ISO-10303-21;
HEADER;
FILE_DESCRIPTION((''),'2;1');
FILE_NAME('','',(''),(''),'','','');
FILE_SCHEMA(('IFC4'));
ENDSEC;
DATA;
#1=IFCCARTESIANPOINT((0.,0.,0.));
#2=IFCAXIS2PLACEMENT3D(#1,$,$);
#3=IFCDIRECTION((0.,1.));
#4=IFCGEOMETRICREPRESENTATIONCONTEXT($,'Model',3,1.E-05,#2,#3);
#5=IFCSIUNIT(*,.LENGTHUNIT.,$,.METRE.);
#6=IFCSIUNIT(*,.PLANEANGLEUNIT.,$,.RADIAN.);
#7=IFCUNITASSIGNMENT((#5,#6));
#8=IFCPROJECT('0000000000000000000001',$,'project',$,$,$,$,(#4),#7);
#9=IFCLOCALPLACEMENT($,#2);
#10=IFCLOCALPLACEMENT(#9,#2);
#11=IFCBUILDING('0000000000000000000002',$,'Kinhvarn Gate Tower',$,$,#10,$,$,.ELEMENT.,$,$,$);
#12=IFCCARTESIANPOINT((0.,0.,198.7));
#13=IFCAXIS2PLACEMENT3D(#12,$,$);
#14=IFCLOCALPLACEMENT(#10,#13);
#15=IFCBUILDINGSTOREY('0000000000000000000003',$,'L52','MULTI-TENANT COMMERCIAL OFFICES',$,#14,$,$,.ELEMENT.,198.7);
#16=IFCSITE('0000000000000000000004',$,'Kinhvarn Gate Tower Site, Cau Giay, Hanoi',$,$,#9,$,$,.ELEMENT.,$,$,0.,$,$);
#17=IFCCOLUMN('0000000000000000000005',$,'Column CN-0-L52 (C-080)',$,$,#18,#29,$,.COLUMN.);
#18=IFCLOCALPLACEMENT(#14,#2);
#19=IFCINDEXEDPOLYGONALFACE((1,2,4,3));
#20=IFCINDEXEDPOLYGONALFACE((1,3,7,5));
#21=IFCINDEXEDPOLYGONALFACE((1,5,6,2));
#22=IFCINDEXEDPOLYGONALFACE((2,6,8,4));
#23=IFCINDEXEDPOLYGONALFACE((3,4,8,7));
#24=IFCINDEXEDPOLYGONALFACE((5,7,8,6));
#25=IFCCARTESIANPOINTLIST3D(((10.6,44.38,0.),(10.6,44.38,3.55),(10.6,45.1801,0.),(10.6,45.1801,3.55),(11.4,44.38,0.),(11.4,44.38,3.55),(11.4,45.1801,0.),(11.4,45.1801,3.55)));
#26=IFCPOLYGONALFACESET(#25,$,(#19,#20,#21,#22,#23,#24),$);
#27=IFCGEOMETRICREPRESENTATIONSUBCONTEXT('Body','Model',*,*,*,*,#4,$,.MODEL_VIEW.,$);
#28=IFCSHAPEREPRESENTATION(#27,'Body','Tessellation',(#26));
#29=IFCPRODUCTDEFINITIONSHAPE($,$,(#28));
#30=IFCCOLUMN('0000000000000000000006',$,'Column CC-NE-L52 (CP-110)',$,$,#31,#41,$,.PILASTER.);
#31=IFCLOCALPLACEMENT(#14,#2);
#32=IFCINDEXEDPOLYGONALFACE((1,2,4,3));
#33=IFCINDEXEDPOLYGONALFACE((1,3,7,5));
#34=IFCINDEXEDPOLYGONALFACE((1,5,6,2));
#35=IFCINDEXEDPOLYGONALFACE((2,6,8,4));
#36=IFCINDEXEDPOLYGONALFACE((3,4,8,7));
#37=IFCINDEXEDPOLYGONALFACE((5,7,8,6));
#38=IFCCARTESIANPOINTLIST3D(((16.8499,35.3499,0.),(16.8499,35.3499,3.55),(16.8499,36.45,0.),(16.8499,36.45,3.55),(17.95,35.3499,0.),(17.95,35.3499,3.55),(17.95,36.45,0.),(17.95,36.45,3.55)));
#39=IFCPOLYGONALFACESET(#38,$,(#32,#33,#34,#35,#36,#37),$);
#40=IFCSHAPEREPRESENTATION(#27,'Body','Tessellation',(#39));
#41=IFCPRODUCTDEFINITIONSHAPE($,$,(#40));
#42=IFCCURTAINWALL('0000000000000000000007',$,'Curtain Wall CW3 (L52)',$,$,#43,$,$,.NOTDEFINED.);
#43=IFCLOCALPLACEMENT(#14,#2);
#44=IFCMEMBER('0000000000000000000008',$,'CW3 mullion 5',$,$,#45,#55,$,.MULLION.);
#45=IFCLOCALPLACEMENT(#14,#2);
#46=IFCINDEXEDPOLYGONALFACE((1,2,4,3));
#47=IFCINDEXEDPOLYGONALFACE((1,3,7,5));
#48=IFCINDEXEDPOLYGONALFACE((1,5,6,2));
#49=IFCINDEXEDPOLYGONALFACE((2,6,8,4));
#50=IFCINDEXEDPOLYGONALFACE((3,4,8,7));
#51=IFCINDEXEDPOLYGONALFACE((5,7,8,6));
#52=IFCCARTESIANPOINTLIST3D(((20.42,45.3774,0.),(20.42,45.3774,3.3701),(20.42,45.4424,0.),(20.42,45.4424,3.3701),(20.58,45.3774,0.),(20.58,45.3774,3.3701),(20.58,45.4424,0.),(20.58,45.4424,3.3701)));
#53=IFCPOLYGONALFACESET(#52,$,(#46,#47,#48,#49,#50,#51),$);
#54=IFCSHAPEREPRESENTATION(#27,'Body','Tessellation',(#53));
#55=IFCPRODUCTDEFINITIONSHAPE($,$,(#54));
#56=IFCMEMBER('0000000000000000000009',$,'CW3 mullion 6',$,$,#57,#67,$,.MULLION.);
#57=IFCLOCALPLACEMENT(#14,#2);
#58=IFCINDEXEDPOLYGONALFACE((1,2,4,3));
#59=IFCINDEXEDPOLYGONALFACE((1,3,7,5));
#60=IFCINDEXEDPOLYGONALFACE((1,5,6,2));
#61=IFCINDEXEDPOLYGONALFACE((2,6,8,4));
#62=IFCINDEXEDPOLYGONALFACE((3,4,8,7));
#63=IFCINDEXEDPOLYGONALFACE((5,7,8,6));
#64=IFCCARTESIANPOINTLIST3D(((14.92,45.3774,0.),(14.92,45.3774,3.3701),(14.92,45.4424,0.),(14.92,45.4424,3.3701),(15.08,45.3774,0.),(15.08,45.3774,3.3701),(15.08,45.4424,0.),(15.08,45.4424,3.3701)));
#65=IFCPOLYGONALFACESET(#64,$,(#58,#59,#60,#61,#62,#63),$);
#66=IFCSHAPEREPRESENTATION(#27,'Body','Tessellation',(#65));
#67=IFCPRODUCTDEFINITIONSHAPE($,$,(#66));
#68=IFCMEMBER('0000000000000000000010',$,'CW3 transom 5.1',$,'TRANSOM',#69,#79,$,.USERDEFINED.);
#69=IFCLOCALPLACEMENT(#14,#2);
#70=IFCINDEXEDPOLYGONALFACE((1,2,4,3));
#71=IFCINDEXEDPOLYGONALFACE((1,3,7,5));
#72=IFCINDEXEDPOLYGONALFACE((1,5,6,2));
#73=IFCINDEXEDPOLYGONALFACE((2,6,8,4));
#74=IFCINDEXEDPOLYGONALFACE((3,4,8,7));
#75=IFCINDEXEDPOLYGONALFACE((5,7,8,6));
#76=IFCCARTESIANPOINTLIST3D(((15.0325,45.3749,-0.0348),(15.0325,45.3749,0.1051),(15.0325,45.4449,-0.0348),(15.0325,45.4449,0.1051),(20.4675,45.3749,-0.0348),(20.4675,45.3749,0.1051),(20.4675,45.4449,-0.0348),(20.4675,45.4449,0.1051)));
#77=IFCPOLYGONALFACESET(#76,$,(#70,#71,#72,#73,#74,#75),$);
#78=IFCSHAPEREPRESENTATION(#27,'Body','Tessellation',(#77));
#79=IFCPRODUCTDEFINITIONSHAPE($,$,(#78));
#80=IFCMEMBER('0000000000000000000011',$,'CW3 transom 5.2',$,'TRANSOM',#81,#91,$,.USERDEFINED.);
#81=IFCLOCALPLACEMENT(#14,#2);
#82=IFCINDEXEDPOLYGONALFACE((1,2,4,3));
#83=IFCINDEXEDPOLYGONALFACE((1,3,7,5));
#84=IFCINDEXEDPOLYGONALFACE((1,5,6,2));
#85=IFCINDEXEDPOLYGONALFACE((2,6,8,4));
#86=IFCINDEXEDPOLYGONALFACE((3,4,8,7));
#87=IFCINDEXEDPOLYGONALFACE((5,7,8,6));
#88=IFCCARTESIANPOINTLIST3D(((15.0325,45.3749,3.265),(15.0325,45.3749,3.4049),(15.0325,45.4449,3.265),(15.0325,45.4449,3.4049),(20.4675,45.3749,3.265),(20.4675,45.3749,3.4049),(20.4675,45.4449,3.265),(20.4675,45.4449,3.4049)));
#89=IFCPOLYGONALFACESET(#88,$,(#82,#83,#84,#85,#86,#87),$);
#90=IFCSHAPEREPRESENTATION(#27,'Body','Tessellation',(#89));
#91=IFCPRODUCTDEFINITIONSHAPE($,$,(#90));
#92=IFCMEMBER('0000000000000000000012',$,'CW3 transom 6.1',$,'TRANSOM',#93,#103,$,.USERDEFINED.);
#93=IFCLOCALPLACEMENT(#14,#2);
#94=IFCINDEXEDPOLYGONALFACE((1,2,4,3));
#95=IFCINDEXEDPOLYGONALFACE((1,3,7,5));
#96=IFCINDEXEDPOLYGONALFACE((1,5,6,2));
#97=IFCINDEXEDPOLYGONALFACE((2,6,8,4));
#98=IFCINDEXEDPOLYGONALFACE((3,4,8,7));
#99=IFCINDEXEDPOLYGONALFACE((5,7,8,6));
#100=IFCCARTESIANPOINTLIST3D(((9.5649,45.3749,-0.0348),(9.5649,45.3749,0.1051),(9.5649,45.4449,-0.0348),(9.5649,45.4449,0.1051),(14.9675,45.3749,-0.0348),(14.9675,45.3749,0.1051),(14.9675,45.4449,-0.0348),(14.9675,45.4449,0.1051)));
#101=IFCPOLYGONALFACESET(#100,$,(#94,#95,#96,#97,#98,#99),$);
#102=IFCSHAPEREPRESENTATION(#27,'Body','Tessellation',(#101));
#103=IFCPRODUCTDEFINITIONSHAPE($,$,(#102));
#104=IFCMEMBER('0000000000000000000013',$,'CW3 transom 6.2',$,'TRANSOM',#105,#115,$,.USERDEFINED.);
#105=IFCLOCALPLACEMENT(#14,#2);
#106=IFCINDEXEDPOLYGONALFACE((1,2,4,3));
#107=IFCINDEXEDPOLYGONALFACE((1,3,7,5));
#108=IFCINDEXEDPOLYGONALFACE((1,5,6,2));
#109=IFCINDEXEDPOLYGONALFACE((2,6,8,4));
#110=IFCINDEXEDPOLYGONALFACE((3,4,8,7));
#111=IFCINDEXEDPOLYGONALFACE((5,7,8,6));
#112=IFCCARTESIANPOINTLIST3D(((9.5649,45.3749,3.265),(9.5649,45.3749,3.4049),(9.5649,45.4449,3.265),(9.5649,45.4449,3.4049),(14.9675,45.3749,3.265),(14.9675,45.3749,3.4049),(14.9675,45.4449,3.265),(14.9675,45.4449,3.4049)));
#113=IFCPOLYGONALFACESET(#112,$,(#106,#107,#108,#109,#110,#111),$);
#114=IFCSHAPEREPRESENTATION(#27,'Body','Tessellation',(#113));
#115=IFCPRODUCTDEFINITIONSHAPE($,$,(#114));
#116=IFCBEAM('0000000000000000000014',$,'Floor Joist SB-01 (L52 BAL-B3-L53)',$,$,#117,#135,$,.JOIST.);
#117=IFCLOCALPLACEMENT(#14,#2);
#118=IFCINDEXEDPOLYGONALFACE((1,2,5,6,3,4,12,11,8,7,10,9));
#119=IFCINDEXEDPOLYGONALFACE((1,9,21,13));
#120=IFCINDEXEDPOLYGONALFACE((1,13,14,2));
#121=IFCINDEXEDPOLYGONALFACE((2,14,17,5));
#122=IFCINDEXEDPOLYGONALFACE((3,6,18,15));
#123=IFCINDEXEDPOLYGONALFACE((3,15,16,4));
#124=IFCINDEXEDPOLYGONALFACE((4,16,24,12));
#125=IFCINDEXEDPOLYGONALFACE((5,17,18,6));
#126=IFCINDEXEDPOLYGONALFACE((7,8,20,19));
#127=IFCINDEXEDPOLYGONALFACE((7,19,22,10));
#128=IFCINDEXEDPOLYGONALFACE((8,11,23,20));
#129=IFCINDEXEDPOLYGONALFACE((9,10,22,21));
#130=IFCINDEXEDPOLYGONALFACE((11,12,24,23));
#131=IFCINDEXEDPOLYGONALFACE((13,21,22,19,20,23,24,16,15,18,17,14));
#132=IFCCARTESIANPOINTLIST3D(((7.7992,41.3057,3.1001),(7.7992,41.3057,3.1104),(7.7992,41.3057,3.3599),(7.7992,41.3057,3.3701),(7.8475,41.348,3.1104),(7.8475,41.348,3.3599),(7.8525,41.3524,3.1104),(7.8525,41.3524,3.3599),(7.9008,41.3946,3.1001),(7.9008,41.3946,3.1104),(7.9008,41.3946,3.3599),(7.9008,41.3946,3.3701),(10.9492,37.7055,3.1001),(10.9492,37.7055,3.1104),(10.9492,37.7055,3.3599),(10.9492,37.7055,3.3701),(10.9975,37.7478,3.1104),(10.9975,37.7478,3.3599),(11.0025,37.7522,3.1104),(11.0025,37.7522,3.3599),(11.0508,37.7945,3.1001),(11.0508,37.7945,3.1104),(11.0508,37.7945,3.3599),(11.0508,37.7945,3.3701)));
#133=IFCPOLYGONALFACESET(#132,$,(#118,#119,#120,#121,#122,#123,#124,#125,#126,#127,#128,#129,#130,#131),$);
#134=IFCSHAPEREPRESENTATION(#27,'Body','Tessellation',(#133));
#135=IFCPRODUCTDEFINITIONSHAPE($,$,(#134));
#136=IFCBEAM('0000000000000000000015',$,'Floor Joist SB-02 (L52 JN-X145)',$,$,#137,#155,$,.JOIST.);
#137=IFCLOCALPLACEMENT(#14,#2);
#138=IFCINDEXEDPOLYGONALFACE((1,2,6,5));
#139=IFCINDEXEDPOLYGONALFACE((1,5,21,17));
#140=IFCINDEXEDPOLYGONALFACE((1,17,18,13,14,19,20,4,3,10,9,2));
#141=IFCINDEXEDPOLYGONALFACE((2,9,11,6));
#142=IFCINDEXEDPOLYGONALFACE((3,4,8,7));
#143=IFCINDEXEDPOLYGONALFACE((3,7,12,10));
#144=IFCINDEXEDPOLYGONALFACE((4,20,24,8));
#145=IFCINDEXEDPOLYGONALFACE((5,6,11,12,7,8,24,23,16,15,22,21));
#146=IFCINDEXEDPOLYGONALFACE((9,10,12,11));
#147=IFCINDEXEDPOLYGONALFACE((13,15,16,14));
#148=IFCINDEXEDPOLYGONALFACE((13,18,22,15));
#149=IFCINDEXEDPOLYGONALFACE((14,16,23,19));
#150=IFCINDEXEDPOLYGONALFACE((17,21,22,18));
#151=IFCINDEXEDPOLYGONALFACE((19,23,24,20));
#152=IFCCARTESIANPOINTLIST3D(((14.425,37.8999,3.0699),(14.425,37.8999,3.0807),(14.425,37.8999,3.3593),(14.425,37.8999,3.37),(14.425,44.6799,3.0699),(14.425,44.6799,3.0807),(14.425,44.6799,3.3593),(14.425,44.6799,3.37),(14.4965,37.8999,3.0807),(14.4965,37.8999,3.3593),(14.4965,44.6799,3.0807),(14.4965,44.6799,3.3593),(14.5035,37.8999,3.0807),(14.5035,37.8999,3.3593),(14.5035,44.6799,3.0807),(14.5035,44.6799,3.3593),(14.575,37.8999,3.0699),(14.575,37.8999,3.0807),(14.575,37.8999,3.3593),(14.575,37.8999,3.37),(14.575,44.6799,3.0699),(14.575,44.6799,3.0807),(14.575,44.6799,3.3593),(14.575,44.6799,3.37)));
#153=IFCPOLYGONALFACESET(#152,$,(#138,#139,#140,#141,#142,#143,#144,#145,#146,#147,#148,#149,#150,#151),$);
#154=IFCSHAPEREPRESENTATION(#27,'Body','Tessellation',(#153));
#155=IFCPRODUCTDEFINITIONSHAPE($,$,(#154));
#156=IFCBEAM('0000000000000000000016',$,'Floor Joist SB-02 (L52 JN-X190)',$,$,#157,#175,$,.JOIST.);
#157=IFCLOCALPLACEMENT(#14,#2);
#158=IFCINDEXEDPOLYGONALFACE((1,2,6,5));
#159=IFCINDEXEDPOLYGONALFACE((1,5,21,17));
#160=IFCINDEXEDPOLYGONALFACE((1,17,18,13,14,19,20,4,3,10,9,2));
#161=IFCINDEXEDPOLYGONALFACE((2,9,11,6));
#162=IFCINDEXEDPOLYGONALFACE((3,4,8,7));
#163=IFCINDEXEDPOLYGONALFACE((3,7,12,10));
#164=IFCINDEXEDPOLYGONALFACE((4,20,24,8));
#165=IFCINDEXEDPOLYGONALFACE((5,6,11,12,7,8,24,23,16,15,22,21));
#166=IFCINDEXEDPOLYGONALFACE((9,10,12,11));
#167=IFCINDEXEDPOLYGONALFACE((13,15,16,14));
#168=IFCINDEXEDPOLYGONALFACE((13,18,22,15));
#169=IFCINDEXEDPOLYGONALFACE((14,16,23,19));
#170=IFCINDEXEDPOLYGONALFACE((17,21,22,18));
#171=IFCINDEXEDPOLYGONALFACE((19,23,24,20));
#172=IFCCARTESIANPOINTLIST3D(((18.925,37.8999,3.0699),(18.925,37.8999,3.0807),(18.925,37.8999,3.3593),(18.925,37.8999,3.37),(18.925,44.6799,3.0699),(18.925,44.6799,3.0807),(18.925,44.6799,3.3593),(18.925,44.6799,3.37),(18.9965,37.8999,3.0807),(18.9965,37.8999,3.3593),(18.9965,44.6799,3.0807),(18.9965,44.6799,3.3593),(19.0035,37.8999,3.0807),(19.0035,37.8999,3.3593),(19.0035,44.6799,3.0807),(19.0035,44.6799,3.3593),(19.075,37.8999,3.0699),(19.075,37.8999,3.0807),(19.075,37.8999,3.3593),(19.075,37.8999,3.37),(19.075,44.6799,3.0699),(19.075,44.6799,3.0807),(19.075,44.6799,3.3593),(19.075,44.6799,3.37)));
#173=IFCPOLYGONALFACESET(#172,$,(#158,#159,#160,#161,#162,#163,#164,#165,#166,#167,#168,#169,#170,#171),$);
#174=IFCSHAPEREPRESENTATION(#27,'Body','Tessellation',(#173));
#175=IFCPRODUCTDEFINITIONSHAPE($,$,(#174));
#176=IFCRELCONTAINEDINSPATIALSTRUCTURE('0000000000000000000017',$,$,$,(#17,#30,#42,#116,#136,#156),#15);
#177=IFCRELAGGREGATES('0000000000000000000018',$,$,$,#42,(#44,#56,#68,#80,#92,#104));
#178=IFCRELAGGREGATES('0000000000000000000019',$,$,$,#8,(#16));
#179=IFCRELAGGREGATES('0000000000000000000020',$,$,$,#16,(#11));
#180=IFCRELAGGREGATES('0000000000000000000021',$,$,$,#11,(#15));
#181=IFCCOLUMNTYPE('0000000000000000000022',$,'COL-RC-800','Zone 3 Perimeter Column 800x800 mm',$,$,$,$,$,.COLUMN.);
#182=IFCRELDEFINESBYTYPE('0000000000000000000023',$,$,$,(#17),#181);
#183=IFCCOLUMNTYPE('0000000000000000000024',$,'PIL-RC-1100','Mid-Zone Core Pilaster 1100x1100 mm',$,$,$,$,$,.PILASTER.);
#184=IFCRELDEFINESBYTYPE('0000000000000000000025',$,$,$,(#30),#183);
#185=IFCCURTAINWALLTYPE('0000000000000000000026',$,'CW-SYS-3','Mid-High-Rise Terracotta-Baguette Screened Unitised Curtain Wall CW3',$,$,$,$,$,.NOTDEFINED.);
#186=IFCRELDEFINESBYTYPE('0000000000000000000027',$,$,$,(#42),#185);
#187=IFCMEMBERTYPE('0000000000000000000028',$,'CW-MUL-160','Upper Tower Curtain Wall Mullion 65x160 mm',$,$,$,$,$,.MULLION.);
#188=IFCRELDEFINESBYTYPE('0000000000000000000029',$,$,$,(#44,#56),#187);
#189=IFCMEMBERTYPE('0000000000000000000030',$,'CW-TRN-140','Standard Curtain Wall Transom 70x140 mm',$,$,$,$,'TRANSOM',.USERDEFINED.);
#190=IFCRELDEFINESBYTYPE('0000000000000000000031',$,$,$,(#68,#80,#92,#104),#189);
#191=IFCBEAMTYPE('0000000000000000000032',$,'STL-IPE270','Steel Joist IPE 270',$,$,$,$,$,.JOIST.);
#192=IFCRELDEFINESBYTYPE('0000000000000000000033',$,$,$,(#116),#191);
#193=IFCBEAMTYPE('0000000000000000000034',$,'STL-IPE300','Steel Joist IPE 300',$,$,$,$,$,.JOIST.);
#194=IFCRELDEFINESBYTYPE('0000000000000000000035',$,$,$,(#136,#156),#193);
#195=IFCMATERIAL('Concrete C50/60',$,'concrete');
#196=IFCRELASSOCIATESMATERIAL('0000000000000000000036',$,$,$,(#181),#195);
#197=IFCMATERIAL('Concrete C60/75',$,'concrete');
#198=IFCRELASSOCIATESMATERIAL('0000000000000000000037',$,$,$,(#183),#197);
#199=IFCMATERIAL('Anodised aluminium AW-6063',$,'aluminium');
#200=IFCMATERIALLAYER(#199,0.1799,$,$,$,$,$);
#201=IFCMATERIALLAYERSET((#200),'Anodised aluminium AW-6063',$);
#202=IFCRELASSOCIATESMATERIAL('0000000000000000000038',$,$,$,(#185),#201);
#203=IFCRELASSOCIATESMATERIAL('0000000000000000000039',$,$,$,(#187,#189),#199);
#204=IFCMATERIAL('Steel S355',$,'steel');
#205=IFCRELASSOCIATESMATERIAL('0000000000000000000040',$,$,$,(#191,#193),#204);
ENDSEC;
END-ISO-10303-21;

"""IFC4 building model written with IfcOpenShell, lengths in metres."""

from ifc_helpers import new_model, si_unit, direction, frame, origin, origin_2d, place, context, subcontext, project, spatial, rectangle, i_section, extrude, material, layer, layer_set, material_profile, profile_set, type_object, element, aggregate, save


model = new_model("IFC4")

# Units and contexts
model_context = context("Model", 3, precision=1e-05, world=origin(), true_north=direction((0.0, 1.0)))
body_context = subcontext(model_context, "Body", "Model", "MODEL_VIEW")
ifc_project = project(units=[si_unit("LENGTHUNIT", "METRE"), si_unit("PLANEANGLEUNIT", "RADIAN")], contexts=[model_context])

# Site, building, storey
site_placement = place(None, origin())
site = spatial("IfcSite", under=ifc_project, at=site_placement, Name="Kinhvarn Gate Tower Site, Cau Giay, Hanoi", CompositionType="ELEMENT", RefElevation=0.0)
building_placement = place(site_placement, origin())
building = spatial("IfcBuilding", under=site, at=building_placement, Name="Kinhvarn Gate Tower", CompositionType="ELEMENT")
storey_placement = place(building_placement, frame((0.0, 0.0, 198.7)))
storey = spatial("IfcBuildingStorey", under=building, at=storey_placement, Name="L52", Description="MULTI-TENANT COMMERCIAL OFFICES", CompositionType="ELEMENT", Elevation=198.7)

# Columns
ifc_material_1 = material(Name="Concrete C50/60", Category="concrete")
ifc_material_profile_1 = material_profile(ifc_material_1, rectangle(XDim=0.8, YDim=0.8, at=origin_2d()), Name="RC 800x800")
ifc_profile_set_1 = profile_set([ifc_material_profile_1], Name="Concrete C50/60")
column_type_1 = type_object("IfcColumnType", Name="COL-RC-800", Description="Zone 3 Perimeter Column 800x800 mm", PredefinedType="COLUMN", material=ifc_profile_set_1)
column_1_placement = place(storey_placement, frame((11.0, 44.78, 0.0), z_axis=(0.0, 0.0, 1.0), x_axis=(1.0, 0.0, 0.0)))
element("IfcColumn", 1, at=column_1_placement, inside=storey, type_object=column_type_1, Name="Column CN-0-L52 (C-080)", PredefinedType="COLUMN", context=body_context, shape_type="SweptSolid", body=[
    extrude(rectangle(XDim=0.8, YDim=0.8, at=origin_2d()), origin(), (0.0, 0.0, 1.0), 3.55),
])
ifc_material_2 = material(Name="Concrete C60/75", Category="concrete")
ifc_material_profile_2 = material_profile(ifc_material_2, rectangle(XDim=1.1001, YDim=1.1001, at=origin_2d()), Name="RC 1100x1100")
ifc_profile_set_2 = profile_set([ifc_material_profile_2], Name="Concrete C60/75")
column_type_2 = type_object("IfcColumnType", Name="PIL-RC-1100", Description="Mid-Zone Core Pilaster 1100x1100 mm", PredefinedType="PILASTER", material=ifc_profile_set_2)
column_2_placement = place(storey_placement, frame((17.3999, 35.8999, 0.0), z_axis=(0.0, 0.0, 1.0), x_axis=(1.0, 0.0, 0.0)))
element("IfcColumn", 2, at=column_2_placement, inside=storey, type_object=column_type_2, Name="Column CC-NE-L52 (CP-110)", PredefinedType="PILASTER", context=body_context, shape_type="SweptSolid", body=[
    extrude(rectangle(XDim=1.1001, YDim=1.1001, at=origin_2d()), origin(), (0.0, 0.0, 1.0), 3.55),
])

# Curtain wall, members
ifc_material_3 = material(Name="Anodised aluminium AW-6063", Category="aluminium")
ifc_layer_1 = layer(ifc_material_3, 0.1799)
ifc_layer_set_1 = layer_set([ifc_layer_1], Name="Anodised aluminium AW-6063")
curtain_wall_type = type_object("IfcCurtainWallType", Name="CW-SYS-3", Description="Mid-High-Rise Terracotta-Baguette Screened Unitised Curtain Wall CW3", PredefinedType="NOTDEFINED", material=ifc_layer_set_1)
curtain_wall_placement = place(storey_placement, origin())
curtain_wall = element("IfcCurtainWall", 3, at=curtain_wall_placement, inside=storey, type_object=curtain_wall_type, Name="Curtain Wall CW3 (L52)", PredefinedType="NOTDEFINED")
ifc_material_profile_3 = material_profile(ifc_material_3, rectangle(XDim=0.0649, YDim=0.1599, at=origin_2d()), Name="ALU 65x160")
ifc_profile_set_3 = profile_set([ifc_material_profile_3], Name="Anodised aluminium AW-6063")
member_type_1 = type_object("IfcMemberType", Name="CW-MUL-160", Description="Upper Tower Curtain Wall Mullion 65x160 mm", PredefinedType="MULLION", material=ifc_profile_set_3)
member_1_placement = place(storey_placement, frame((20.5, 45.4099, 0.0), z_axis=(0.0, 0.0, 1.0), x_axis=(0.0, -1.0, 0.0)))
member_1 = element("IfcMember", 4, at=member_1_placement, type_object=member_type_1, Name="CW3 mullion 5", PredefinedType="MULLION", context=body_context, shape_type="SweptSolid", body=[
    extrude(rectangle(XDim=0.0649, YDim=0.1599, at=origin_2d()), origin(), (0.0, 0.0, 1.0), 3.3701),
])
member_2_placement = place(storey_placement, frame((15.0, 45.4099, 0.0), z_axis=(0.0, 0.0, 1.0), x_axis=(0.0, -1.0, 0.0)))
member_2 = element("IfcMember", 5, at=member_2_placement, type_object=member_type_1, Name="CW3 mullion 6", PredefinedType="MULLION", context=body_context, shape_type="SweptSolid", body=[
    extrude(rectangle(XDim=0.0649, YDim=0.1599, at=origin_2d()), origin(), (0.0, 0.0, 1.0), 3.3701),
])
ifc_material_profile_4 = material_profile(ifc_material_3, rectangle(XDim=0.0701, YDim=0.1399, at=origin_2d()), Name="ALU 70x140")
ifc_profile_set_4 = profile_set([ifc_material_profile_4], Name="Anodised aluminium AW-6063")
member_type_2 = type_object("IfcMemberType", Name="CW-TRN-140", Description="Standard Curtain Wall Transom 70x140 mm", ElementType="TRANSOM", PredefinedType="USERDEFINED", material=ifc_profile_set_4)
member_3_placement = place(storey_placement, frame((20.4675, 45.4099, 0.0352), z_axis=(-1.0, 0.0, 0.0), x_axis=(0.0, -1.0, 0.0)))
member_3 = element("IfcMember", 6, at=member_3_placement, type_object=member_type_2, Name="CW3 transom 5.1", ObjectType="TRANSOM", PredefinedType="USERDEFINED", context=body_context, shape_type="SweptSolid", body=[
    extrude(rectangle(XDim=0.0701, YDim=0.1399, at=origin_2d()), origin(), (0.0, 0.0, 1.0), 5.4351),
])
member_4_placement = place(storey_placement, frame((20.4675, 45.4099, 3.335), z_axis=(-1.0, 0.0, 0.0), x_axis=(0.0, -1.0, 0.0)))
member_4 = element("IfcMember", 7, at=member_4_placement, type_object=member_type_2, Name="CW3 transom 5.2", ObjectType="TRANSOM", PredefinedType="USERDEFINED", context=body_context, shape_type="SweptSolid", body=[
    extrude(rectangle(XDim=0.0701, YDim=0.1399, at=origin_2d()), origin(), (0.0, 0.0, 1.0), 5.4351),
])
member_5_placement = place(storey_placement, frame((14.9675, 45.4099, 0.0352), z_axis=(-1.0, 0.0, 0.0), x_axis=(0.0, -1.0, 0.0)))
member_5 = element("IfcMember", 8, at=member_5_placement, type_object=member_type_2, Name="CW3 transom 6.1", ObjectType="TRANSOM", PredefinedType="USERDEFINED", context=body_context, shape_type="SweptSolid", body=[
    extrude(rectangle(XDim=0.0701, YDim=0.1399, at=origin_2d()), origin(), (0.0, 0.0, 1.0), 5.4026),
])
member_6_placement = place(storey_placement, frame((14.9675, 45.4099, 3.335), z_axis=(-1.0, 0.0, 0.0), x_axis=(0.0, -1.0, 0.0)))
member_6 = element("IfcMember", 9, at=member_6_placement, type_object=member_type_2, Name="CW3 transom 6.2", ObjectType="TRANSOM", PredefinedType="USERDEFINED", context=body_context, shape_type="SweptSolid", body=[
    extrude(rectangle(XDim=0.0701, YDim=0.1399, at=origin_2d()), origin(), (0.0, 0.0, 1.0), 5.4026),
])

# Beams
ifc_material_4 = material(Name="Steel S355", Category="steel")
ifc_material_profile_5 = material_profile(ifc_material_4, i_section(OverallWidth=0.135, OverallDepth=0.27, WebThickness=0.0066, FlangeThickness=0.0103, at=origin_2d()), Name="IPE 270")
ifc_profile_set_5 = profile_set([ifc_material_profile_5], Name="Steel S355")
beam_type_1 = type_object("IfcBeamType", Name="STL-IPE270", Description="Steel Joist IPE 270", PredefinedType="JOIST", material=ifc_profile_set_5)
beam_1_placement = place(storey_placement, frame((11.0, 37.75, 3.2351), z_axis=(-0.658483, 0.752596, 0.0), x_axis=(-0.752596, -0.658483, 0.0)))
element("IfcBeam", 10, at=beam_1_placement, inside=storey, type_object=beam_type_1, Name="Floor Joist SB-01 (L52 BAL-B3-L53)", PredefinedType="JOIST", context=body_context, shape_type="SweptSolid", body=[
    extrude(i_section(OverallWidth=0.135, OverallDepth=0.27, WebThickness=0.0066, FlangeThickness=0.0103, at=origin_2d()), origin(), (0.0, 0.0, 1.0), 4.7837),
])
ifc_material_profile_6 = material_profile(ifc_material_4, i_section(OverallWidth=0.1499, OverallDepth=0.3, WebThickness=0.0071, FlangeThickness=0.0107, at=origin_2d()), Name="IPE 300")
ifc_profile_set_6 = profile_set([ifc_material_profile_6], Name="Steel S355")
beam_type_2 = type_object("IfcBeamType", Name="STL-IPE300", Description="Steel Joist IPE 300", PredefinedType="JOIST", material=ifc_profile_set_6)
for number, where, z_axis, x_axis, name in (
    (11, (14.5, 37.8999, 3.22), (0.0, 1.0, 0.0), (-1.0, 0.0, 0.0), "Floor Joist SB-02 (L52 JN-X145)"),
    (12, (19.0, 37.8999, 3.22), (0.0, 1.0, 0.0), (-1.0, 0.0, 0.0), "Floor Joist SB-02 (L52 JN-X190)"),
):
    element("IfcBeam", number, at=place(storey_placement, frame(where, z_axis=z_axis, x_axis=x_axis)), inside=storey, type_object=beam_type_2, Name=name, PredefinedType="JOIST", context=body_context, shape_type="SweptSolid", body=[
        extrude(i_section(OverallWidth=0.1499, OverallDepth=0.3, WebThickness=0.0071, FlangeThickness=0.0107, at=origin_2d()), origin(), (0.0, 0.0, 1.0), 6.78),
    ])

aggregate(curtain_wall, [member_1, member_2, member_3, member_4, member_5, member_6])

save(model, "model.ifc")
